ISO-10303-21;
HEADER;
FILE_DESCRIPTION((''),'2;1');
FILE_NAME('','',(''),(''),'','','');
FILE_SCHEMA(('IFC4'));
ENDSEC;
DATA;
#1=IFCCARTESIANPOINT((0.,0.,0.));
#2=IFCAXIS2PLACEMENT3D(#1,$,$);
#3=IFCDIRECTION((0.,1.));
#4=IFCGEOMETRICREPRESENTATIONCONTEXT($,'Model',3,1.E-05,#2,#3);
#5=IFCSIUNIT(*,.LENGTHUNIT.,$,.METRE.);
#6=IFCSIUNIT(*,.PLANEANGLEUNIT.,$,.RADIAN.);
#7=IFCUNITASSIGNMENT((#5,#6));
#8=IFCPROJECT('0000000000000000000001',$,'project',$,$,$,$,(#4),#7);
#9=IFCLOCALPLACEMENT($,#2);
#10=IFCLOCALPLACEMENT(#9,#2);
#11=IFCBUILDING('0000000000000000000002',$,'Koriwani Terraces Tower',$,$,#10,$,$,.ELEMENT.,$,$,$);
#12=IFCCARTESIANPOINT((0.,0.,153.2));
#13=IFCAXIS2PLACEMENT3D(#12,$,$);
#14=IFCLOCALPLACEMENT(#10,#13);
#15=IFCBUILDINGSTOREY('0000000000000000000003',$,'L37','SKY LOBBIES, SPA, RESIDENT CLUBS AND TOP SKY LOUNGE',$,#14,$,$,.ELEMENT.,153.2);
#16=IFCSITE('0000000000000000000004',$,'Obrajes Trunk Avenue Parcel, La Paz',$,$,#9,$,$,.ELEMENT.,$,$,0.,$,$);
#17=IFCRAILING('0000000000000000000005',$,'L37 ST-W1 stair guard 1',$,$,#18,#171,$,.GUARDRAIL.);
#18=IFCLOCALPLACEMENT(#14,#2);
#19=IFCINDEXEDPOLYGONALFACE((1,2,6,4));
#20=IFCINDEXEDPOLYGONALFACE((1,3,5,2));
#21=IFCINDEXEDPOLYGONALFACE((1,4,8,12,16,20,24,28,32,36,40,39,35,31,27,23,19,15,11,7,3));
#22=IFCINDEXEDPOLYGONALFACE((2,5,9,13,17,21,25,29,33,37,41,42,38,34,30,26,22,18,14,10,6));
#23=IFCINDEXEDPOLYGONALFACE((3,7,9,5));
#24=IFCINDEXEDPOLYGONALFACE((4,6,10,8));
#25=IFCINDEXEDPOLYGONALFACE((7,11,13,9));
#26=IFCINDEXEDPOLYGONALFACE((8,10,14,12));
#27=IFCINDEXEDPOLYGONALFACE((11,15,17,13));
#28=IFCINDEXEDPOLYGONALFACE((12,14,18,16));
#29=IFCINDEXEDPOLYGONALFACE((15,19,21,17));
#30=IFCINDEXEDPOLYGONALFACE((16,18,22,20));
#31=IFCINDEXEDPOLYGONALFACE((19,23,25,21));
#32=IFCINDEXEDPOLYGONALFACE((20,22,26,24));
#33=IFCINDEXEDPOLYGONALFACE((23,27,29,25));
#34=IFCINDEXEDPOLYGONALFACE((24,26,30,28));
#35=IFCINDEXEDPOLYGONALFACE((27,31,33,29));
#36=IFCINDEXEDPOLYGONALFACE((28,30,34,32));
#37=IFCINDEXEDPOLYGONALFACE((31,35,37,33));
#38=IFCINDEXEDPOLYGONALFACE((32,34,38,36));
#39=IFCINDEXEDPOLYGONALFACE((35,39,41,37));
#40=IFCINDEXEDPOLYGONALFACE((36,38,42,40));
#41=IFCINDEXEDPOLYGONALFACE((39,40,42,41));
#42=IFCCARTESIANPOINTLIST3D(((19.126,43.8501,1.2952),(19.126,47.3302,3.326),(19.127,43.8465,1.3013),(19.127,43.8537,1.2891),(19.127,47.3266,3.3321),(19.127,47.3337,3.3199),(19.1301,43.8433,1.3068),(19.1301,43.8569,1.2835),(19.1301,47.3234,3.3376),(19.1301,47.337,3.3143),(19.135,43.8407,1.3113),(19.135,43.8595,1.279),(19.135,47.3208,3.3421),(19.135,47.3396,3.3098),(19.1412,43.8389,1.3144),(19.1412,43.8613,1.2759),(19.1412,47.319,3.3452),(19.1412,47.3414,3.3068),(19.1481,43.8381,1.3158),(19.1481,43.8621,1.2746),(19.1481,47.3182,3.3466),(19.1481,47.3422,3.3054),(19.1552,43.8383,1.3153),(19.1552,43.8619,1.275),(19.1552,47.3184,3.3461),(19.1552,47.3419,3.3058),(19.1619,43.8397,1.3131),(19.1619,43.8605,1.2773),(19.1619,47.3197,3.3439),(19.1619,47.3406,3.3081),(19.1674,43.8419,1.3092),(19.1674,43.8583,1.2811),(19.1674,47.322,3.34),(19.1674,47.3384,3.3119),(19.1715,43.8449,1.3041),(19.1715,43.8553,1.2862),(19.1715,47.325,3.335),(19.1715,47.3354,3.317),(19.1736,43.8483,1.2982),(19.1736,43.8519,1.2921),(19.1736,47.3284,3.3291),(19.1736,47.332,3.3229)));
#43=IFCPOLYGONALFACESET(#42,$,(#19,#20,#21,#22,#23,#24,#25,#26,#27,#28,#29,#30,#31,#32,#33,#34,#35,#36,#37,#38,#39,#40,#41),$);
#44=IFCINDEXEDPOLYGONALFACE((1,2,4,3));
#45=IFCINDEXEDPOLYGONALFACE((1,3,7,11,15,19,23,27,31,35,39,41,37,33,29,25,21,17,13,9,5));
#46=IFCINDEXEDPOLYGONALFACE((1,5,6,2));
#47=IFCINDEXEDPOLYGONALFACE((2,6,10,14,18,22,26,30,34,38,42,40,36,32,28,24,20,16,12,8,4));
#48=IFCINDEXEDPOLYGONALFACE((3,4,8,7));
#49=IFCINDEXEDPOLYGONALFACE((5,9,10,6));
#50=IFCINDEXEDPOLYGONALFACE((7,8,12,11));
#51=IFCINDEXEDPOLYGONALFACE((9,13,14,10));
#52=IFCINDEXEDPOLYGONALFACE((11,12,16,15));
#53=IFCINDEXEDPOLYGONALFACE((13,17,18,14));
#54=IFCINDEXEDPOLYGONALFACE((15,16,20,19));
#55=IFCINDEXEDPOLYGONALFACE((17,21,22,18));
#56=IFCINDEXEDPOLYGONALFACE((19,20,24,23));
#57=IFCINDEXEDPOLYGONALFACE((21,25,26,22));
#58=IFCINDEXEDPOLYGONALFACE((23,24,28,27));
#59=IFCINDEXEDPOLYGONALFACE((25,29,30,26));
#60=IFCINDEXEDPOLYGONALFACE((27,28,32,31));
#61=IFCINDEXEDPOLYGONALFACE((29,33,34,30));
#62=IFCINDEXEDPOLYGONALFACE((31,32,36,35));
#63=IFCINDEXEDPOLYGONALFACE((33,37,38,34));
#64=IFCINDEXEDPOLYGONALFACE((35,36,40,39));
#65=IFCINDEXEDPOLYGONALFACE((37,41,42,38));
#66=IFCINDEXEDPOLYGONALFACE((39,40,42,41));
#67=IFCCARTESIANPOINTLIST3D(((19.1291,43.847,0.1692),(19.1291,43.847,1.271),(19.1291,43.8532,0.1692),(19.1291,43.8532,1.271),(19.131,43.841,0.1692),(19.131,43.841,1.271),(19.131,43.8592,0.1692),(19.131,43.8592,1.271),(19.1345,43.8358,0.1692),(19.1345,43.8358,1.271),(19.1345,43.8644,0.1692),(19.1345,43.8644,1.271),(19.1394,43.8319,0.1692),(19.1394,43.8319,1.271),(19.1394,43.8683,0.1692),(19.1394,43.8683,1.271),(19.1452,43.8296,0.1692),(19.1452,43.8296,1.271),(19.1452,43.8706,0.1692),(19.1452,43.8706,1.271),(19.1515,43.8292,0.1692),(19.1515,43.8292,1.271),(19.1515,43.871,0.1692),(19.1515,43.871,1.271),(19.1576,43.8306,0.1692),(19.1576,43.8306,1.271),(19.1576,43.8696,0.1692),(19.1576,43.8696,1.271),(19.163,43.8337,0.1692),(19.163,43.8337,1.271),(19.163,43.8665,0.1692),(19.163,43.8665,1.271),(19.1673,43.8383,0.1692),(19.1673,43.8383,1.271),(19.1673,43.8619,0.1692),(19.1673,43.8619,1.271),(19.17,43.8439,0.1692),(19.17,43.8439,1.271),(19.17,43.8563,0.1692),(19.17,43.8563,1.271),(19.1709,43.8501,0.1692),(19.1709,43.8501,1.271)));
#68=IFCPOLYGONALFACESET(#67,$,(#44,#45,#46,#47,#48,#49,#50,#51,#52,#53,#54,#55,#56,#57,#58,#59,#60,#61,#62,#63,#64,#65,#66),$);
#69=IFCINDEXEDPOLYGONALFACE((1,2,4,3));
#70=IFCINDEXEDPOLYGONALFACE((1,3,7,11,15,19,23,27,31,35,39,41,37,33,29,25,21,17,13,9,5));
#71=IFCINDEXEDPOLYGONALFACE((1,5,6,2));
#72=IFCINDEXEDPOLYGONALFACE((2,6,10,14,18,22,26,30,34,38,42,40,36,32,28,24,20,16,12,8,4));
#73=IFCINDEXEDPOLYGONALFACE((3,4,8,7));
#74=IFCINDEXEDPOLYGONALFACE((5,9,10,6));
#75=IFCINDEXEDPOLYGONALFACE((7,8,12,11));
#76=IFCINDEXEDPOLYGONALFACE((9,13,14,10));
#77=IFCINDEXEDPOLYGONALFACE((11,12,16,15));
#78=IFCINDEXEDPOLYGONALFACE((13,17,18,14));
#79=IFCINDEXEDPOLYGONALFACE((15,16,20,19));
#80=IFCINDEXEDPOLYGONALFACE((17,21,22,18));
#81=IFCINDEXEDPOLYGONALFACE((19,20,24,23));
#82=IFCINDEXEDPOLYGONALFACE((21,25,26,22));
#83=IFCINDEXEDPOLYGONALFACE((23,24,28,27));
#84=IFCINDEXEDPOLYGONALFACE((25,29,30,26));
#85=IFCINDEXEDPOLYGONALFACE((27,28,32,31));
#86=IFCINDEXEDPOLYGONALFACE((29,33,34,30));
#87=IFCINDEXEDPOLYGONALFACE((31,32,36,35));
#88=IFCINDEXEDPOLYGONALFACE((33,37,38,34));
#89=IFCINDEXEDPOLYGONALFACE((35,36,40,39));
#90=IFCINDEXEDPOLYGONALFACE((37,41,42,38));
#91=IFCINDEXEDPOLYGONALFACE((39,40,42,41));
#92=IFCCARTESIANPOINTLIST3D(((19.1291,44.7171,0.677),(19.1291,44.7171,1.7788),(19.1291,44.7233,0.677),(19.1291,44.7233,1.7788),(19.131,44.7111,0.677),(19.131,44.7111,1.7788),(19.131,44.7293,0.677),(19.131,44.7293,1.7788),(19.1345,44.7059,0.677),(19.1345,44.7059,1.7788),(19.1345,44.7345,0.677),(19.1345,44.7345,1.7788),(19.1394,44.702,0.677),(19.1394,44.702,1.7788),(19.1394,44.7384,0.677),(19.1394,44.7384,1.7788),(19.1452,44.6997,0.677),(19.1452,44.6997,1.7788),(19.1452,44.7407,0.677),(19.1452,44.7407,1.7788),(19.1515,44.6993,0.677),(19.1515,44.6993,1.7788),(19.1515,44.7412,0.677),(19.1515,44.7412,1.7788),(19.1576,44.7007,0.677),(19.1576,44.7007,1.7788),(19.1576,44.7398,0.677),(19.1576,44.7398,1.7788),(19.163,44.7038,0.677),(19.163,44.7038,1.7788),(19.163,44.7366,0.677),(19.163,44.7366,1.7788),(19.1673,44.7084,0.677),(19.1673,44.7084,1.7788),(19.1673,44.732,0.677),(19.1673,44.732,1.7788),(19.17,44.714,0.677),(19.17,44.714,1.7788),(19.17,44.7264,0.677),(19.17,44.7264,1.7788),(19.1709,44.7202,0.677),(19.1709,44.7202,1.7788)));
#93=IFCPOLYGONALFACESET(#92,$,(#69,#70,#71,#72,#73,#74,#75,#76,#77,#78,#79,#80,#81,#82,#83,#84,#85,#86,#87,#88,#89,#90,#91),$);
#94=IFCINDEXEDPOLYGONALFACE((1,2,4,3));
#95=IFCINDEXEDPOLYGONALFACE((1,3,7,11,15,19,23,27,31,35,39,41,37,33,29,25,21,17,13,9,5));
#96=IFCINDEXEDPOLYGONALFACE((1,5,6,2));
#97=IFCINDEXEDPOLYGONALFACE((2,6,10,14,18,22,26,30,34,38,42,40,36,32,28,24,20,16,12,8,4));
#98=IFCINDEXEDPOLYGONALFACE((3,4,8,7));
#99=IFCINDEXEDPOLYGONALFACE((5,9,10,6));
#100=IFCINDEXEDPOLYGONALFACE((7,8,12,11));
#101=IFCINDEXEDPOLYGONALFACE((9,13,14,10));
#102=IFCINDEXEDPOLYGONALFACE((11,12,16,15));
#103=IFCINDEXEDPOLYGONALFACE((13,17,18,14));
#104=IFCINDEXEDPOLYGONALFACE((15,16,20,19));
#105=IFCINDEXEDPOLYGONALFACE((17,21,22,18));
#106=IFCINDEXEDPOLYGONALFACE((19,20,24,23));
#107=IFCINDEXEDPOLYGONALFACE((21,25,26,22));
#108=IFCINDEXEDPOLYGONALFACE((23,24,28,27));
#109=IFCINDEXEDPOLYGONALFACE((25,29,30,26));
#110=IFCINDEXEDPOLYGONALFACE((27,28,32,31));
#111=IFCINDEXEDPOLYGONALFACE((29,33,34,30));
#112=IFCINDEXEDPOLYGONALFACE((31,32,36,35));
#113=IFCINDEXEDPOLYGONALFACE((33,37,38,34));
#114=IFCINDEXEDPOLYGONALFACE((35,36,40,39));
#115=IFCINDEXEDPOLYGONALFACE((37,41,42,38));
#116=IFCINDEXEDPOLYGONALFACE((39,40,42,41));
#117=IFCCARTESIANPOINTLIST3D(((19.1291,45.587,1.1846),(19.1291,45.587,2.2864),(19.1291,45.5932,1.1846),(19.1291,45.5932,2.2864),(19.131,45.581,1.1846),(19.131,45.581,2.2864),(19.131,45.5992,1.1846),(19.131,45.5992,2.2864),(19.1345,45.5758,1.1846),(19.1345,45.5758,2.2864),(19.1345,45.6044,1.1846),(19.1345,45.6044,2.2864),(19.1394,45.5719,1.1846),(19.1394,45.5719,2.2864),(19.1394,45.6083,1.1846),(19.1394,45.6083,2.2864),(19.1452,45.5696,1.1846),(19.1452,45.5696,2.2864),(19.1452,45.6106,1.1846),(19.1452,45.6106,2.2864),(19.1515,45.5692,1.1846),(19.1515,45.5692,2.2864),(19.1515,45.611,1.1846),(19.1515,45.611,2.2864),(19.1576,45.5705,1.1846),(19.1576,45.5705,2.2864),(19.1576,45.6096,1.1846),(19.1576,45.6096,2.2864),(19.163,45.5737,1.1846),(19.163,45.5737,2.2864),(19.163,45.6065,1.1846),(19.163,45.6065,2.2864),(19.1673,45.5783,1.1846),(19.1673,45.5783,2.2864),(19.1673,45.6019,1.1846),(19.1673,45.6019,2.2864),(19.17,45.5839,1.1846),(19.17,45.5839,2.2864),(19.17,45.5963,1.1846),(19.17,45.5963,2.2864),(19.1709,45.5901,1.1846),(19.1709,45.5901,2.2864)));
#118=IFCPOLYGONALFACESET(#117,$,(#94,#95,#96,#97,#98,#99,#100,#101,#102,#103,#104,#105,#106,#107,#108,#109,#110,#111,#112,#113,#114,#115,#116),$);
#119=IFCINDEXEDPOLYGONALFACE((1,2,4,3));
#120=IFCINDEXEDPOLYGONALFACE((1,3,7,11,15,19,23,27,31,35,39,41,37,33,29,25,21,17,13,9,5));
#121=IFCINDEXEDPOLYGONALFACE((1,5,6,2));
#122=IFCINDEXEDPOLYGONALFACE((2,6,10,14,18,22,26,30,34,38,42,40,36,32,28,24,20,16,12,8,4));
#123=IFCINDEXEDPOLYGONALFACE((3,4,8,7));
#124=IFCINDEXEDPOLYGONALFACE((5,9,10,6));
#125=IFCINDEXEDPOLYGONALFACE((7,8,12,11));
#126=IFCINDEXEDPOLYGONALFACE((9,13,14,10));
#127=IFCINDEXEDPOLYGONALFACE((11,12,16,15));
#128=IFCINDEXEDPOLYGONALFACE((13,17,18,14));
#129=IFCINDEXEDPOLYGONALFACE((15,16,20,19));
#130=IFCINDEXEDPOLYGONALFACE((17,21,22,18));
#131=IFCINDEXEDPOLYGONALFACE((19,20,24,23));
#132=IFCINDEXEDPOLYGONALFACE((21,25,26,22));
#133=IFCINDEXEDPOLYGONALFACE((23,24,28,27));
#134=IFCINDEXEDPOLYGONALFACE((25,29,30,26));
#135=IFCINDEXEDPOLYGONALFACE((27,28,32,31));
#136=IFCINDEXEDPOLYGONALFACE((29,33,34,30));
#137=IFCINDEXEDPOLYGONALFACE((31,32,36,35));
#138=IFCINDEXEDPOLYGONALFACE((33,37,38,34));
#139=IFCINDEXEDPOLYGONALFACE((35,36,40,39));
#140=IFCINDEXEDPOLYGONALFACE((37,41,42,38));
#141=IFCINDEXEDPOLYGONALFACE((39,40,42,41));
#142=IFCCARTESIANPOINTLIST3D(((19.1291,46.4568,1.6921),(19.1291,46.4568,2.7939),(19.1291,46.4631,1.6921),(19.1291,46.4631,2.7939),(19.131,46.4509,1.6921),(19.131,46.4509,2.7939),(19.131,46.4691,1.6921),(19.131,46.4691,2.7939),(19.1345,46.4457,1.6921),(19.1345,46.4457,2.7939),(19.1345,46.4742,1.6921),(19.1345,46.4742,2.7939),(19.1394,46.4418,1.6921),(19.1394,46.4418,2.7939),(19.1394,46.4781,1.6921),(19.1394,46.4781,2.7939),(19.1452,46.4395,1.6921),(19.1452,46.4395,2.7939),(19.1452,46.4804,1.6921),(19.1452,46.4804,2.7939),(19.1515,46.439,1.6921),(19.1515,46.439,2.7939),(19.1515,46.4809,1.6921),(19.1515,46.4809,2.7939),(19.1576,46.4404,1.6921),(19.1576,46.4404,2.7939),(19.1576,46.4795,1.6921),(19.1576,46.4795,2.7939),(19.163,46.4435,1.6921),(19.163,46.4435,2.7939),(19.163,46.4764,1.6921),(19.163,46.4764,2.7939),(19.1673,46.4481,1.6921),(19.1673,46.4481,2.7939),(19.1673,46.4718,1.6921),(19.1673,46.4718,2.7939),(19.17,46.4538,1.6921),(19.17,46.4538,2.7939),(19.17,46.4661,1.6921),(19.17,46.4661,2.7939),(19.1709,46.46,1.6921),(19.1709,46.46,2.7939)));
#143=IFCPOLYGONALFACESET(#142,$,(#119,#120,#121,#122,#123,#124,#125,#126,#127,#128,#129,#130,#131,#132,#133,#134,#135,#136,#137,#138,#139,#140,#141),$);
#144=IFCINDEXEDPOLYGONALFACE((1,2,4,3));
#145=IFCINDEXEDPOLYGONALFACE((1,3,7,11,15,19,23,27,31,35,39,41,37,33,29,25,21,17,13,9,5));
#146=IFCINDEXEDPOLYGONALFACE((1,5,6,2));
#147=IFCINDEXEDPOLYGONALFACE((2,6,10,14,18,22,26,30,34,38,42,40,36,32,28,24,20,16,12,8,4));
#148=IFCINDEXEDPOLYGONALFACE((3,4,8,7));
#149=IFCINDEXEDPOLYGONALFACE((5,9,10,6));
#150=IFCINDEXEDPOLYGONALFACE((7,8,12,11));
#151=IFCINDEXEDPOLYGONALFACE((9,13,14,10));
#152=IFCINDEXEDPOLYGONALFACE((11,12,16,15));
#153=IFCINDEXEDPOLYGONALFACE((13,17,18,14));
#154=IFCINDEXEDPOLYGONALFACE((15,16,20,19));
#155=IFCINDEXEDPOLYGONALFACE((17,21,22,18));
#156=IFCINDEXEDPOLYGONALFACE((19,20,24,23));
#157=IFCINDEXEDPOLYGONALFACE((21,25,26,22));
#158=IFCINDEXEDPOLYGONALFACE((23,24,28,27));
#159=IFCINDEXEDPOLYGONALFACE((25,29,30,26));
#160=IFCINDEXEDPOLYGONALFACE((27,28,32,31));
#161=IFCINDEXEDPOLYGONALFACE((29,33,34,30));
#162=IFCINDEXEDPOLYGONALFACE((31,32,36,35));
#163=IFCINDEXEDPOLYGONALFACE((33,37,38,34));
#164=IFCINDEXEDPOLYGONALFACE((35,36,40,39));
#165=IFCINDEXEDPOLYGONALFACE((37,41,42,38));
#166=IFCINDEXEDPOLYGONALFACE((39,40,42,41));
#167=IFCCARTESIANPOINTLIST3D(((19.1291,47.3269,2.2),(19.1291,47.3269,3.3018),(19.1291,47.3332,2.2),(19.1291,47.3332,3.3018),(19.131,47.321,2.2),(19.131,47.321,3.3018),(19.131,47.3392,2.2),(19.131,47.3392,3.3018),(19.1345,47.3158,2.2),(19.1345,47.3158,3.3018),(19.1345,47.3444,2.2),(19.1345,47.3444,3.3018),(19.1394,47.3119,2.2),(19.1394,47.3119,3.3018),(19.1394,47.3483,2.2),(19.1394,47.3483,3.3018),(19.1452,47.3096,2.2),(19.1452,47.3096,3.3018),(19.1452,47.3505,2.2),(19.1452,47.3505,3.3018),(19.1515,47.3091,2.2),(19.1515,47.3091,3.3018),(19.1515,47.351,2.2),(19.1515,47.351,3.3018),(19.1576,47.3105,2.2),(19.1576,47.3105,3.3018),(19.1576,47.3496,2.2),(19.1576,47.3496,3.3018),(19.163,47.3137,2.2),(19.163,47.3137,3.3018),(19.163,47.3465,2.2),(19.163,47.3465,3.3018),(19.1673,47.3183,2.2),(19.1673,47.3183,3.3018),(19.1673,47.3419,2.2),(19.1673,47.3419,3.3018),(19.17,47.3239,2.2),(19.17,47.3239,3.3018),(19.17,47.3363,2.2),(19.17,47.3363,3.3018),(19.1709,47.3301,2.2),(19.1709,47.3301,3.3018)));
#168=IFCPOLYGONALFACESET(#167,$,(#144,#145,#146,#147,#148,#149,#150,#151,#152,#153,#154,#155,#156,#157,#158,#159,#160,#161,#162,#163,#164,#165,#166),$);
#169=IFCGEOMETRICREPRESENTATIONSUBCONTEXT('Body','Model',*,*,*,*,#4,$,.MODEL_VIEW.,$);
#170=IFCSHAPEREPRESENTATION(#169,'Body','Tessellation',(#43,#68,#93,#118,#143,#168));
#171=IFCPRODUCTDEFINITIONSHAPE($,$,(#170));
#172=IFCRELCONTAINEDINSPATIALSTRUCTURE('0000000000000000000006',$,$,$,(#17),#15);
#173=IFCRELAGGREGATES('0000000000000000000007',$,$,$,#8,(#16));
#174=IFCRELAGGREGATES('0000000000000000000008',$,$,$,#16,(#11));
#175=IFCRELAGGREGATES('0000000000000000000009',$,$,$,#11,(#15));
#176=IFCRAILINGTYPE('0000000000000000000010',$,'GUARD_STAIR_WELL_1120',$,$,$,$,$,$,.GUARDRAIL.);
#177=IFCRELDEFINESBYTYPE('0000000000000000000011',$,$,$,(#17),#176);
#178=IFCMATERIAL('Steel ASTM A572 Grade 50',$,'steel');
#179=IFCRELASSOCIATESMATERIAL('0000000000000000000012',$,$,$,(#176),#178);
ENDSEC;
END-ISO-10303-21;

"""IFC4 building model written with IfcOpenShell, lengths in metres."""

from ifc_helpers import new_model, si_unit, direction, frame, origin, origin_2d, place, context, subcontext, project, spatial, circle, extrude, material, type_object, element, save


model = new_model("IFC4")

# Units and contexts
model_context = context("Model", 3, precision=1e-05, world=origin(), true_north=direction((0.0, 1.0)))
body_context = subcontext(model_context, "Body", "Model", "MODEL_VIEW")
ifc_project = project(units=[si_unit("LENGTHUNIT", "METRE"), si_unit("PLANEANGLEUNIT", "RADIAN")], contexts=[model_context])

# Site, building, storey
site_placement = place(None, origin())
site = spatial("IfcSite", under=ifc_project, at=site_placement, Name="Obrajes Trunk Avenue Parcel, La Paz", CompositionType="ELEMENT", RefElevation=0.0)
building_placement = place(site_placement, origin())
building = spatial("IfcBuilding", under=site, at=building_placement, Name="Koriwani Terraces Tower", CompositionType="ELEMENT")
storey_placement = place(building_placement, frame((0.0, 0.0, 153.2)))
storey = spatial("IfcBuildingStorey", under=building, at=storey_placement, Name="L37", Description="SKY LOBBIES, SPA, RESIDENT CLUBS AND TOP SKY LOUNGE", CompositionType="ELEMENT", Elevation=153.2)

# Shared definitions
ifc_material_1 = material(Name="Steel ASTM A572 Grade 50", Category="steel")

# Railing
railing_type_1 = type_object("IfcRailingType", Name="GUARD_STAIR_WELL_1120", PredefinedType="GUARDRAIL", material=ifc_material_1)
railing_1_placement = place(storey_placement, frame((19.1499, 43.8501, 0.1692)))
element("IfcRailing", 1, at=railing_1_placement, inside=storey, type_object=railing_type_1, Name="L37 ST-W1 stair guard 1", PredefinedType="GUARDRAIL", context=body_context, shape_type="SweptSolid", body=[
    extrude(circle(Radius=0.0239, at=origin_2d()), frame((0.0, 0.0, 1.126), z_axis=(0.0, 0.863695, 0.504014), x_axis=(-1.0, 0.0, 0.0)), (0.0, 0.0, 1.0), 4.0293),
    extrude(circle(Radius=0.021, at=origin_2d()), origin(), (0.0, 0.0, 1.0), 1.1018),
    extrude(circle(Radius=0.021, at=origin_2d()), frame((0.0, 0.8701, 0.5078)), (0.0, 0.0, 1.0), 1.1018),
    extrude(circle(Radius=0.021, at=origin_2d()), frame((0.0, 1.74, 1.0154)), (0.0, 0.0, 1.0), 1.1018),
    extrude(circle(Radius=0.021, at=origin_2d()), frame((0.0, 2.6099, 1.5229)), (0.0, 0.0, 1.0), 1.1018),
    extrude(circle(Radius=0.021, at=origin_2d()), frame((0.0, 3.48, 2.0308)), (0.0, 0.0, 1.0), 1.1018),
])

save(model, "model.ifc")
